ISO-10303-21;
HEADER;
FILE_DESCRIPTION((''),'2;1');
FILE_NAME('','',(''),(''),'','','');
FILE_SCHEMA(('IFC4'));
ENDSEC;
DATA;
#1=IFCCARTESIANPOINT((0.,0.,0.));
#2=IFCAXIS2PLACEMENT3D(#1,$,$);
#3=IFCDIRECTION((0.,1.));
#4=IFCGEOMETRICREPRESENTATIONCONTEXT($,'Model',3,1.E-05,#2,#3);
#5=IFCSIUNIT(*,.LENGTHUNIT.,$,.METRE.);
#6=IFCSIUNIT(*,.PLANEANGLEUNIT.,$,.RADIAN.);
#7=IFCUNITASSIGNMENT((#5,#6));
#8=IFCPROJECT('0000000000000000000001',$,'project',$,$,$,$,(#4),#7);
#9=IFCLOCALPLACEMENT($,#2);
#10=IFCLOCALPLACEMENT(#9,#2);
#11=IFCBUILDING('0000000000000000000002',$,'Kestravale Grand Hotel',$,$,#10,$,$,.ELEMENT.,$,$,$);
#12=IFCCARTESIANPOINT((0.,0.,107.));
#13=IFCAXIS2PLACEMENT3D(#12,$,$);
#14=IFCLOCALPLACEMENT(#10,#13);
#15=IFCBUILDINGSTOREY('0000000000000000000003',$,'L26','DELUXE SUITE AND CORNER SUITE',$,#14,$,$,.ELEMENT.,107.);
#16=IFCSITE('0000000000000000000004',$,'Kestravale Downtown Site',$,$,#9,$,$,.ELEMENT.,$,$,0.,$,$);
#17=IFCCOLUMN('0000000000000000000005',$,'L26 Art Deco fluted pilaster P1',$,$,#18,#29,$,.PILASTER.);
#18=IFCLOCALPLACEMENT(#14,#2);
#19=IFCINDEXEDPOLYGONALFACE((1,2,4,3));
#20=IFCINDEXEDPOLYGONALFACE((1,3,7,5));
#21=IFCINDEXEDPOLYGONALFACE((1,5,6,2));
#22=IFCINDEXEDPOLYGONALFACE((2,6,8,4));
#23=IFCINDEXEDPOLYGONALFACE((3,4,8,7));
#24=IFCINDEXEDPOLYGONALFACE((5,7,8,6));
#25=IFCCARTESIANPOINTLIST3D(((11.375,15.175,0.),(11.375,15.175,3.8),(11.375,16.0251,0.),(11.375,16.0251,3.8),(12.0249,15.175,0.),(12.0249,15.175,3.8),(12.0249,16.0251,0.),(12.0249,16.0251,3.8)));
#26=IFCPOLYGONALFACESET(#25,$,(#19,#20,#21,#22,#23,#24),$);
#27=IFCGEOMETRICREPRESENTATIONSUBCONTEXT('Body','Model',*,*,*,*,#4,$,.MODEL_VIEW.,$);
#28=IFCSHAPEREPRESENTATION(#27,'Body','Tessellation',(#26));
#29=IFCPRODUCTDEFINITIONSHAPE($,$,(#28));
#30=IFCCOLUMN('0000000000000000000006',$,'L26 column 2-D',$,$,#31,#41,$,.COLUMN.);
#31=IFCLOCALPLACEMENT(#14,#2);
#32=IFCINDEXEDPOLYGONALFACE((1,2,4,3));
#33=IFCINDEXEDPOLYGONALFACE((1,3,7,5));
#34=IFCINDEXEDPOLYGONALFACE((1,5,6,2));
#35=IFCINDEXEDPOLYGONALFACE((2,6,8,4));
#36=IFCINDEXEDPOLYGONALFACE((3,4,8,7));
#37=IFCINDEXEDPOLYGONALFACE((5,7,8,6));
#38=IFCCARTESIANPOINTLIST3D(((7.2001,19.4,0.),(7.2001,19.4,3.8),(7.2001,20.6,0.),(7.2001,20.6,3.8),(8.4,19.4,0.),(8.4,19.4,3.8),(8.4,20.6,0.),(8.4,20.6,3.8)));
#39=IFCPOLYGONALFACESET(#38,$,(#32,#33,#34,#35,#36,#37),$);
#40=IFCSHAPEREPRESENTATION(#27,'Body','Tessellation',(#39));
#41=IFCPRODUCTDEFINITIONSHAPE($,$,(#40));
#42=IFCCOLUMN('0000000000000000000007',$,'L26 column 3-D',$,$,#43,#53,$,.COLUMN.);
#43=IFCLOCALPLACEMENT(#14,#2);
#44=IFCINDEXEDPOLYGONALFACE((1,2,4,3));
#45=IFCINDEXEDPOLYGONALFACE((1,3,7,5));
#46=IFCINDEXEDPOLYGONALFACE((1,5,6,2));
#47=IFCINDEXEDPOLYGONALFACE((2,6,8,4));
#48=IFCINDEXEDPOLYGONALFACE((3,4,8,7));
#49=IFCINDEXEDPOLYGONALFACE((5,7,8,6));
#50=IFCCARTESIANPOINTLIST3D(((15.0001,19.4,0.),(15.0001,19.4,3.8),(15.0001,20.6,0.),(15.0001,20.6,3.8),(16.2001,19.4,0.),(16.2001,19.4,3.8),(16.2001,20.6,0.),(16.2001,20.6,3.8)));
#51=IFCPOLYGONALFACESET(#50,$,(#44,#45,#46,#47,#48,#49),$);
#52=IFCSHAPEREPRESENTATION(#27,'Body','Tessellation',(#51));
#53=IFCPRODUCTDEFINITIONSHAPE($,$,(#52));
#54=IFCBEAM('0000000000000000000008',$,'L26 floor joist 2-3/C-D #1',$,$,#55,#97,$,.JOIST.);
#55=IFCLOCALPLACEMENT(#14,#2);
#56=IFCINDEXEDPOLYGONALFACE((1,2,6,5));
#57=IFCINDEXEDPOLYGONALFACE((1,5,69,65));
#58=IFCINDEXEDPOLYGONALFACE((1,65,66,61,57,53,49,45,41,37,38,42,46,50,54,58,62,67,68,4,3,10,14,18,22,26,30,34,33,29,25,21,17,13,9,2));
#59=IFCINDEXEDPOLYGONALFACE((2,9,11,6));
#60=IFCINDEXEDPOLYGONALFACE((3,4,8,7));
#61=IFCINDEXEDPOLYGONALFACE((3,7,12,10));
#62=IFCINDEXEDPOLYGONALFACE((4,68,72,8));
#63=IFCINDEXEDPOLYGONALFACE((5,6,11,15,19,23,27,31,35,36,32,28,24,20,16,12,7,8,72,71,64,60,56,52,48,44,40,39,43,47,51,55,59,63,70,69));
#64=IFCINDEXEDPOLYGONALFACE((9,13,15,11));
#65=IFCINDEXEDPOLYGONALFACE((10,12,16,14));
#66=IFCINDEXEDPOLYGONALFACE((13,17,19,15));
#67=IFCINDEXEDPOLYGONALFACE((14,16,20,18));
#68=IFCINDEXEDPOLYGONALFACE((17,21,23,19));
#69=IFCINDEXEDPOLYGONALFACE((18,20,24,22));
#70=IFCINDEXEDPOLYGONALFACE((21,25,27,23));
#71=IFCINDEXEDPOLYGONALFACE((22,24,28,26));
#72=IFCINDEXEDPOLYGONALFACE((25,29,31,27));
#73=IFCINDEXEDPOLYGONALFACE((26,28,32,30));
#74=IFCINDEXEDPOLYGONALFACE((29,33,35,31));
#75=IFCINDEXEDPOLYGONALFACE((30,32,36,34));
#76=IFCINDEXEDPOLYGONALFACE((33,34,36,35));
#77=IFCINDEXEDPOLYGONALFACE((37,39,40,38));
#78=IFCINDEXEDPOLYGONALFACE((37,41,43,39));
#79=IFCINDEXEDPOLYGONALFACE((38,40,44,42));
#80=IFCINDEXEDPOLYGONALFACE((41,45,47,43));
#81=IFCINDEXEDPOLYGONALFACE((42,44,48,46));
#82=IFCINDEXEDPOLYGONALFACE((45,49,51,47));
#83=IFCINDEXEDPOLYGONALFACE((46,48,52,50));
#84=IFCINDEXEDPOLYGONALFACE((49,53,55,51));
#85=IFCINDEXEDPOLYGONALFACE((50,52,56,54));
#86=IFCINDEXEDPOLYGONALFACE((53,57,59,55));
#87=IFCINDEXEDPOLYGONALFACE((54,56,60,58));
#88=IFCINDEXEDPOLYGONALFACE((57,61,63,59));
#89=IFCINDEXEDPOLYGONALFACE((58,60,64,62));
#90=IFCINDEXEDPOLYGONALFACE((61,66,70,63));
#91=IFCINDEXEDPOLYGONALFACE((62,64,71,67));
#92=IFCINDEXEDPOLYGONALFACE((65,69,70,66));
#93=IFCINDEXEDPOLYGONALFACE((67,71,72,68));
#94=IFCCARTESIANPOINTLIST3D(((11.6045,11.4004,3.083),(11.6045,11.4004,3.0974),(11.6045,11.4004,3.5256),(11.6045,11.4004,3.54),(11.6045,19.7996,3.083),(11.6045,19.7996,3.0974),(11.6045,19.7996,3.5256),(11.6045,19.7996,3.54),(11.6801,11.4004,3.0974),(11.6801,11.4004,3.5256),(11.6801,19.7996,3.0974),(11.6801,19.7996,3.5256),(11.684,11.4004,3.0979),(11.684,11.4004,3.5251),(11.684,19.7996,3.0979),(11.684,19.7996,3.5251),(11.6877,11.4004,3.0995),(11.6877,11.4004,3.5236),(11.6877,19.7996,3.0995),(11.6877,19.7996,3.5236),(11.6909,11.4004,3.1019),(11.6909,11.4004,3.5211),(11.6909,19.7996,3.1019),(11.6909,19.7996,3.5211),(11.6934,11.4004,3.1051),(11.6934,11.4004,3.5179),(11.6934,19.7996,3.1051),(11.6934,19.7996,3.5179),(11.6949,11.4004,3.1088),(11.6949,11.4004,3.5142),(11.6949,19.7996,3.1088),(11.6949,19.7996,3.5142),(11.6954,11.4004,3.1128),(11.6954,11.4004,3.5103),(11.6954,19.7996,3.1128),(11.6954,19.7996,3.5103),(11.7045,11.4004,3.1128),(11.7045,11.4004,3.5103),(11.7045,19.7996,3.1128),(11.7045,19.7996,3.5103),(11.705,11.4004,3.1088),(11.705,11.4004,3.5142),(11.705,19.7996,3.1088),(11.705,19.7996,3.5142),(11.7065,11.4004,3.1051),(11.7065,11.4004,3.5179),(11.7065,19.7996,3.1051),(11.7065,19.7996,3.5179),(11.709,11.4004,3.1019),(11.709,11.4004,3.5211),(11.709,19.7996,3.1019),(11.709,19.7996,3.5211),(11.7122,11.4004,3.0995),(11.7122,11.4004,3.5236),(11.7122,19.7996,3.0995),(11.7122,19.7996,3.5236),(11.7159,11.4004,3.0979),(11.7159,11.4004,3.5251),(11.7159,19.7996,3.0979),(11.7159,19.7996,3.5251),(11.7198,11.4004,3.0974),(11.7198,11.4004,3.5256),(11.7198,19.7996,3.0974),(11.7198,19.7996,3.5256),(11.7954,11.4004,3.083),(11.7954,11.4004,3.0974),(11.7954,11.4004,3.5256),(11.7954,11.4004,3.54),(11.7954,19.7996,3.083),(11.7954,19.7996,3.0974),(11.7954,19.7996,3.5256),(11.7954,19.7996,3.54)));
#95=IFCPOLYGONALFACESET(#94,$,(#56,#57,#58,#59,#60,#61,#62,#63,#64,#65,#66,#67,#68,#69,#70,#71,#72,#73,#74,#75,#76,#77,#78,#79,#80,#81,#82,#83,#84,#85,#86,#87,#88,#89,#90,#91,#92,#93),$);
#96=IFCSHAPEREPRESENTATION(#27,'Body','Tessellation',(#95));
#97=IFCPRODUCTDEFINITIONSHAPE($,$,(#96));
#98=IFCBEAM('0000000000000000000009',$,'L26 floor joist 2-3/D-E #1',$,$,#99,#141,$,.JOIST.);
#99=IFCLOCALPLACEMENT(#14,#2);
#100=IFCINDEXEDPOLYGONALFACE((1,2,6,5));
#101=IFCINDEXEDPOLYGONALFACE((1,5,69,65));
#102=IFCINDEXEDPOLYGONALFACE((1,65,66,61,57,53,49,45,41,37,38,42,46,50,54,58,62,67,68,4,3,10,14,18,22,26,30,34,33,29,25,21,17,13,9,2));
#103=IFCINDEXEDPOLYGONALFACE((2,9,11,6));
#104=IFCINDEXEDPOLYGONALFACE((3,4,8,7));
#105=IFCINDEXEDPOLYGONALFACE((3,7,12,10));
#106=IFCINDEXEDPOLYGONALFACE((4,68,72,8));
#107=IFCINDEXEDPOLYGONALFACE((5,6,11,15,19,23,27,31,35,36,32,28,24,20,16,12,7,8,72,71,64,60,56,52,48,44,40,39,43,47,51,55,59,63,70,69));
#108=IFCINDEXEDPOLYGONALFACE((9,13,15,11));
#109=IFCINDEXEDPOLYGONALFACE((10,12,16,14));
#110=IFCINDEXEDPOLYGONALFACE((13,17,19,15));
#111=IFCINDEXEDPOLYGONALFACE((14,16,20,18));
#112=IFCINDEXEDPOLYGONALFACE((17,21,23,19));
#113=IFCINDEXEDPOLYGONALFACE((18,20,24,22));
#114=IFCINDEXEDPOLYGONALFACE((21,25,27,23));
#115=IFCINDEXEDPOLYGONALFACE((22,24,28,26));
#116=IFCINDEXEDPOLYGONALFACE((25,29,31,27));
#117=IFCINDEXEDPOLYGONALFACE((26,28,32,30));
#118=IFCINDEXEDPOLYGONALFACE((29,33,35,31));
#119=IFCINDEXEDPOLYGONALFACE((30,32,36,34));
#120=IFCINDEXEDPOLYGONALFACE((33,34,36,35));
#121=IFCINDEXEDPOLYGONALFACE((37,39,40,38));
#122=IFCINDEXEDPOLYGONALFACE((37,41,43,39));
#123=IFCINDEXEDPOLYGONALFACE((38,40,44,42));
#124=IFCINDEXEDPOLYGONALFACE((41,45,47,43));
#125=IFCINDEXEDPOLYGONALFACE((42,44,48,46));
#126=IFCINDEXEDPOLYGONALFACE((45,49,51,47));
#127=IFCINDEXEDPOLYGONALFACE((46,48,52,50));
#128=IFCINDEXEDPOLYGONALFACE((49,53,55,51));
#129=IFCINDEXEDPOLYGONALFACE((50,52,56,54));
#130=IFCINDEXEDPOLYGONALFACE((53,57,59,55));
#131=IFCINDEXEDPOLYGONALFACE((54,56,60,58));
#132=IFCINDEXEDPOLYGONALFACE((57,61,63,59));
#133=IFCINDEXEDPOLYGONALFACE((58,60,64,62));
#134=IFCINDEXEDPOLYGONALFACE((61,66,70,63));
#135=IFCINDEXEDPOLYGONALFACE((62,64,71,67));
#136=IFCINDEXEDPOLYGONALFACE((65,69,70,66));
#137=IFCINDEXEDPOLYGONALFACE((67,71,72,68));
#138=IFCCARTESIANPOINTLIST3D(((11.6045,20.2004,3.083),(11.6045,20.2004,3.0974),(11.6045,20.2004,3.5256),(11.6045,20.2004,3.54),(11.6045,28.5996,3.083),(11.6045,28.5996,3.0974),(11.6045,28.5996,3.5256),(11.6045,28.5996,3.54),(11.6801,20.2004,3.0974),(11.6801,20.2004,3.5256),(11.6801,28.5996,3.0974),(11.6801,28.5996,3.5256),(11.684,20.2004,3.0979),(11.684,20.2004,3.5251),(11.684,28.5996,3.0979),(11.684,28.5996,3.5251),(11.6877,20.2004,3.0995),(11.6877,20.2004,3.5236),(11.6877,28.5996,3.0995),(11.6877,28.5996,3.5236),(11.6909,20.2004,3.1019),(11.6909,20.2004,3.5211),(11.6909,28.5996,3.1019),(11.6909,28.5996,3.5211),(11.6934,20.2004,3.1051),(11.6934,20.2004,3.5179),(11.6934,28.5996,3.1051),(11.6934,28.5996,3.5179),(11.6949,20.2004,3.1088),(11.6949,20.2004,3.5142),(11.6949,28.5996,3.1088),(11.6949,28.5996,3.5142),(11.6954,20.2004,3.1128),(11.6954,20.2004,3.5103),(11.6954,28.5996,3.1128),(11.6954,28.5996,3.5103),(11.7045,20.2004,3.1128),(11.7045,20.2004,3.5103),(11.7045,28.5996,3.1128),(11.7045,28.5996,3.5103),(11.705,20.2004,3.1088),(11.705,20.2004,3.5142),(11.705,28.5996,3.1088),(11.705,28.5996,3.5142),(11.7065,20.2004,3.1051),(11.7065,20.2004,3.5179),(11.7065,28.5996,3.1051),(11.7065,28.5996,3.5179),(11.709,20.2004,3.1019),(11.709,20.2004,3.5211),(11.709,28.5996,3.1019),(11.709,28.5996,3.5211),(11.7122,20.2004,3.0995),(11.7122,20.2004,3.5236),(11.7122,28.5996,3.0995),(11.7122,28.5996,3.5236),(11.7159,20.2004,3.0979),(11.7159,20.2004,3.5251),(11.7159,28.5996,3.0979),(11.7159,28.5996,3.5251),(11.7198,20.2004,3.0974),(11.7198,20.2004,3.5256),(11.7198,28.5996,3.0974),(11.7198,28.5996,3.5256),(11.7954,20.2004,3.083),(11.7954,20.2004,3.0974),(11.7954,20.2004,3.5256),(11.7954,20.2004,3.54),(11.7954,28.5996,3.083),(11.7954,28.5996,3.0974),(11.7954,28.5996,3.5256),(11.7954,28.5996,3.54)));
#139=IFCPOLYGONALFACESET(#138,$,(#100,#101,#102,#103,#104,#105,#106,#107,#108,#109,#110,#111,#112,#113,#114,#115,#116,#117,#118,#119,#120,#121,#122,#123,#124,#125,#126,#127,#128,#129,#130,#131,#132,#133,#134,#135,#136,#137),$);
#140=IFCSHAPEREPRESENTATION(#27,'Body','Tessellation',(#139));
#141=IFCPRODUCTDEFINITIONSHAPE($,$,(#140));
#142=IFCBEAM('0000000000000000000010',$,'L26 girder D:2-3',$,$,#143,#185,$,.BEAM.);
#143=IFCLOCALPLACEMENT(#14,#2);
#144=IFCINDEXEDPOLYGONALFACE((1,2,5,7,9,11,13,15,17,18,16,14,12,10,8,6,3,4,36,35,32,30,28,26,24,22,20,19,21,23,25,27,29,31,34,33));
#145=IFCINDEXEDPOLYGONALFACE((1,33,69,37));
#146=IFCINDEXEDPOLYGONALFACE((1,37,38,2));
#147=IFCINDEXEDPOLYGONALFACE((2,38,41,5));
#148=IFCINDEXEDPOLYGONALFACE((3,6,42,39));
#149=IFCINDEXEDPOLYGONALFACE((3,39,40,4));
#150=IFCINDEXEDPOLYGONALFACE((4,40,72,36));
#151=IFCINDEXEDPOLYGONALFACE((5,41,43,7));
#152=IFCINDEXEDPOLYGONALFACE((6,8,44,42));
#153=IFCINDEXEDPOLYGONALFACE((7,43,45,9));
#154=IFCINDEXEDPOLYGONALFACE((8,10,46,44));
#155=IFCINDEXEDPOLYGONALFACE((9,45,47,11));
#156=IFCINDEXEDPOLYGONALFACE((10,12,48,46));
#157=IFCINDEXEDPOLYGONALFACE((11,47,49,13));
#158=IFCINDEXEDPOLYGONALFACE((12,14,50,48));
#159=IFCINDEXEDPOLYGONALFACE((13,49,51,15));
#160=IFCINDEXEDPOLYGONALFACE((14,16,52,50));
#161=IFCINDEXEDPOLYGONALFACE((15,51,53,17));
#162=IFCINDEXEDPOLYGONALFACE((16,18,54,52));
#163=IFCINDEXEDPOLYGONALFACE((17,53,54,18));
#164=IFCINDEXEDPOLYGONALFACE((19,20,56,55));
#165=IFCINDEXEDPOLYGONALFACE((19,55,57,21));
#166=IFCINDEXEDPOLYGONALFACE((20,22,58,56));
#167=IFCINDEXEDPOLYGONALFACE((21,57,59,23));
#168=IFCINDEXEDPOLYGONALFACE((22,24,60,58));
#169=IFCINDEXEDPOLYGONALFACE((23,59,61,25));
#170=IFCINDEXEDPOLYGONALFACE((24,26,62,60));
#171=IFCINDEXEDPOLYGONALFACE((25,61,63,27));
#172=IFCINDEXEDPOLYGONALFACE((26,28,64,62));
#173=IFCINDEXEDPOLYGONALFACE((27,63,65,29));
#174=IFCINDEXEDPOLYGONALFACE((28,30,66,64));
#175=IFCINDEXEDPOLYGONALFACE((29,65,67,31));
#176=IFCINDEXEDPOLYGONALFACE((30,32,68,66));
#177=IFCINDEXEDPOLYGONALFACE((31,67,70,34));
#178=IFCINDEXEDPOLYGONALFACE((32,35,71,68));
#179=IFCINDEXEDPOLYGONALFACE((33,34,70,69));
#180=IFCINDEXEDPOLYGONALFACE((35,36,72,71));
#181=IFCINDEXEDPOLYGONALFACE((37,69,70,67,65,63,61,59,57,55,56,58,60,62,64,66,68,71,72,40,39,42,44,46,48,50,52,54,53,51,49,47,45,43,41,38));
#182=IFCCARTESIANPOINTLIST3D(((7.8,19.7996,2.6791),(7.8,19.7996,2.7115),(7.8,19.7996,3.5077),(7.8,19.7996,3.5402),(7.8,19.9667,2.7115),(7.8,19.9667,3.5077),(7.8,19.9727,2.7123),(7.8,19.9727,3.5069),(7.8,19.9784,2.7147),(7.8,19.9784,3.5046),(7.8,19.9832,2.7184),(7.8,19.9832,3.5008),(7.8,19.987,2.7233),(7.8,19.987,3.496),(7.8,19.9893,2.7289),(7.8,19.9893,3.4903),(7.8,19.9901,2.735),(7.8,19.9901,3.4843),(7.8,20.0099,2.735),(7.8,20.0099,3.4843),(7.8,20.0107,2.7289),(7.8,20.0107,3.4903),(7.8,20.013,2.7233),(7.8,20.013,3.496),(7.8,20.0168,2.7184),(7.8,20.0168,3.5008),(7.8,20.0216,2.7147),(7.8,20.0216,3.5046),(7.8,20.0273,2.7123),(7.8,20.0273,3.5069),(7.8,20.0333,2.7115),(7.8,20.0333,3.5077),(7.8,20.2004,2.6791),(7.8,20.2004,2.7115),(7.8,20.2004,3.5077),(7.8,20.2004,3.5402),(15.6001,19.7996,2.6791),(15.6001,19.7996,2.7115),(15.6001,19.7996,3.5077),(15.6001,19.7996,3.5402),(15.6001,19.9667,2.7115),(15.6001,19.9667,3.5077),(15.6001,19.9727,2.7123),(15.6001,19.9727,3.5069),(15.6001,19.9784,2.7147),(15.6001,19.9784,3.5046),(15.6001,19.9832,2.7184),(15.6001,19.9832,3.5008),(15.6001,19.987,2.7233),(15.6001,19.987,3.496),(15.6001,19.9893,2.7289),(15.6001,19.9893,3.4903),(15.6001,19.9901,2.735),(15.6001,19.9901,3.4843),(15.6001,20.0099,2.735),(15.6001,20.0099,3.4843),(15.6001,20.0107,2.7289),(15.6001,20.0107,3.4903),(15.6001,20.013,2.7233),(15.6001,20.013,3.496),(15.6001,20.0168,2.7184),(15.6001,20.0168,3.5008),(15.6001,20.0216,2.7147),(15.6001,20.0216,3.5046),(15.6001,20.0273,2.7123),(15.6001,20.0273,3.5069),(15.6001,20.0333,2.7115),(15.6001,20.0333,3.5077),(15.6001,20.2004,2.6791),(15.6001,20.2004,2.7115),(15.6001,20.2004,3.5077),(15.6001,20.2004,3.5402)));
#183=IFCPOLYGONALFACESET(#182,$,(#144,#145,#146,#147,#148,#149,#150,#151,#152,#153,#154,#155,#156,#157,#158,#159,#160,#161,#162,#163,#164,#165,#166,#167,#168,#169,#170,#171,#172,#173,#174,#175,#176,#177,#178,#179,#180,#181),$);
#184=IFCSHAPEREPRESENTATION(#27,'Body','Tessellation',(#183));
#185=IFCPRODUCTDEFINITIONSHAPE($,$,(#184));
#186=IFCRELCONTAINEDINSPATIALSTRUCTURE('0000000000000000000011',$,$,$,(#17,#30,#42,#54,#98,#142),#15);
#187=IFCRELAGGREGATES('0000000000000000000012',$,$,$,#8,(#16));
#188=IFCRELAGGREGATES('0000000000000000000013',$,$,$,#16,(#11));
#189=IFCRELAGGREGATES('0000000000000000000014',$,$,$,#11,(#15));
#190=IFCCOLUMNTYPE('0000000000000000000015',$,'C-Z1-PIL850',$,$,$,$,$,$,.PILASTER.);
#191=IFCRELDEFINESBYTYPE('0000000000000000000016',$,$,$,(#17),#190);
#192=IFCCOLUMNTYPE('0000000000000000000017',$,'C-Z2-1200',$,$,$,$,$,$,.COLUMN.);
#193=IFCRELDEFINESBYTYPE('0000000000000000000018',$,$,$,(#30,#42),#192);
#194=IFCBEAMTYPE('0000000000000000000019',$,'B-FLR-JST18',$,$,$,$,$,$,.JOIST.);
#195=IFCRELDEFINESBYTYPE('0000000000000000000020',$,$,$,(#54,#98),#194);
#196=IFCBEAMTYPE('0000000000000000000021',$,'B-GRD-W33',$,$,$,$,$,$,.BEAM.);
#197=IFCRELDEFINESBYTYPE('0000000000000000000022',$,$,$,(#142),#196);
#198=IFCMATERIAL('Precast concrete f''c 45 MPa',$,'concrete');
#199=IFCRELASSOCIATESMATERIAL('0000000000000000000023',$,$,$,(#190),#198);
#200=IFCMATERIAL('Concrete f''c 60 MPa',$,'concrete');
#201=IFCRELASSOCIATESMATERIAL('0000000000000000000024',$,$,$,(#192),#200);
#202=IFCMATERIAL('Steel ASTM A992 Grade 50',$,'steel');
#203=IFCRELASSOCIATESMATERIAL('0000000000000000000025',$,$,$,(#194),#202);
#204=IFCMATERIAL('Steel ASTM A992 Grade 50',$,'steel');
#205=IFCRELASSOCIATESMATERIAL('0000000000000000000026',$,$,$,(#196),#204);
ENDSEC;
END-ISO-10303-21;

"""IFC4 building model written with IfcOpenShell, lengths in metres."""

from ifc_helpers import new_model, si_unit, direction, frame, origin, origin_2d, place, context, subcontext, project, spatial, rectangle, i_section, extrude, material, material_profile, profile_set, type_object, element, save


model = new_model("IFC4")

# Units and contexts
model_context = context("Model", 3, precision=1e-05, world=origin(), true_north=direction((0.0, 1.0)))
body_context = subcontext(model_context, "Body", "Model", "MODEL_VIEW")
ifc_project = project(units=[si_unit("LENGTHUNIT", "METRE"), si_unit("PLANEANGLEUNIT", "RADIAN")], contexts=[model_context])

# Site, building, storey
site_placement = place(None, origin())
site = spatial("IfcSite", under=ifc_project, at=site_placement, Name="Kestravale Downtown Site", CompositionType="ELEMENT", RefElevation=0.0)
building_placement = place(site_placement, origin())
building = spatial("IfcBuilding", under=site, at=building_placement, Name="Kestravale Grand Hotel", CompositionType="ELEMENT")
storey_placement = place(building_placement, frame((0.0, 0.0, 107.0)))
storey = spatial("IfcBuildingStorey", under=building, at=storey_placement, Name="L26", Description="DELUXE SUITE AND CORNER SUITE", CompositionType="ELEMENT", Elevation=107.0)

# Columns
ifc_material_1 = material(Name="Precast concrete f'c 45 MPa", Category="concrete")
ifc_material_profile_1 = material_profile(ifc_material_1, rectangle(XDim=0.6499, YDim=0.8501, at=origin_2d()))
ifc_profile_set_1 = profile_set([ifc_material_profile_1], Name="Precast concrete f'c 45 MPa")
column_type_1 = type_object("IfcColumnType", Name="C-Z1-PIL850", PredefinedType="PILASTER", material=ifc_profile_set_1)
column_placement = place(storey_placement, frame((11.7, 15.6001, 0.0), z_axis=(0.0, 0.0, 1.0), x_axis=(1.0, 0.0, 0.0)))
element("IfcColumn", 1, at=column_placement, inside=storey, type_object=column_type_1, Name="L26 Art Deco fluted pilaster P1", PredefinedType="PILASTER", context=body_context, shape_type="SweptSolid", body=[
    extrude(rectangle(XDim=0.6499, YDim=0.8501, at=origin_2d()), origin(), (0.0, 0.0, 1.0), 3.8),
])
ifc_material_2 = material(Name="Concrete f'c 60 MPa", Category="concrete")
ifc_material_profile_2 = material_profile(ifc_material_2, rectangle(XDim=1.2, YDim=1.2, at=origin_2d()))
ifc_profile_set_2 = profile_set([ifc_material_profile_2], Name="Concrete f'c 60 MPa")
column_type_2 = type_object("IfcColumnType", Name="C-Z2-1200", PredefinedType="COLUMN", material=ifc_profile_set_2)
for number, where, z_axis, x_axis, name in (
    (2, (7.8, 20.0, 0.0), (0.0, 0.0, 1.0), (1.0, 0.0, 0.0), "L26 column 2-D"),
    (3, (15.6001, 20.0, 0.0), (0.0, 0.0, 1.0), (1.0, 0.0, 0.0), "L26 column 3-D"),
):
    element("IfcColumn", number, at=place(storey_placement, frame(where, z_axis=z_axis, x_axis=x_axis)), inside=storey, type_object=column_type_2, Name=name, PredefinedType="COLUMN", context=body_context, shape_type="SweptSolid", body=[
        extrude(rectangle(XDim=1.2, YDim=1.2, at=origin_2d()), origin(), (0.0, 0.0, 1.0), 3.8),
    ])

# Beams
ifc_material_3 = material(Name="Steel ASTM A992 Grade 50", Category="steel")
ifc_material_profile_3 = material_profile(ifc_material_3, i_section(OverallWidth=0.1909, OverallDepth=0.457, WebThickness=0.009, FlangeThickness=0.0144, FilletRadius=0.0154, at=origin_2d()))
ifc_profile_set_3 = profile_set([ifc_material_profile_3], Name="Steel ASTM A992 Grade 50")
beam_type_1 = type_object("IfcBeamType", Name="B-FLR-JST18", PredefinedType="JOIST", material=ifc_profile_set_3)
for number, where, z_axis, x_axis, name in (
    (4, (11.7, 11.4004, 3.3115), (0.0, 1.0, 0.0), (-1.0, 0.0, 0.0), "L26 floor joist 2-3/C-D #1"),
    (5, (11.7, 20.2004, 3.3115), (0.0, 1.0, 0.0), (-1.0, 0.0, 0.0), "L26 floor joist 2-3/D-E #1"),
):
    element("IfcBeam", number, at=place(storey_placement, frame(where, z_axis=z_axis, x_axis=x_axis)), inside=storey, type_object=beam_type_1, Name=name, PredefinedType="JOIST", context=body_context, shape_type="SweptSolid", body=[
        extrude(i_section(OverallWidth=0.1909, OverallDepth=0.457, WebThickness=0.009, FlangeThickness=0.0144, FilletRadius=0.0154, at=origin_2d()), origin(), (0.0, 0.0, 1.0), 8.3992),
    ])
ifc_material_4 = material(Name="Steel ASTM A992 Grade 50", Category="steel")
ifc_material_profile_4 = material_profile(ifc_material_4, i_section(OverallWidth=0.4009, OverallDepth=0.8611, WebThickness=0.0198, FlangeThickness=0.0325, FilletRadius=0.0234, at=origin_2d()))
ifc_profile_set_4 = profile_set([ifc_material_profile_4], Name="Steel ASTM A992 Grade 50")
beam_type_2 = type_object("IfcBeamType", Name="B-GRD-W33", PredefinedType="BEAM", material=ifc_profile_set_4)
beam_1_placement = place(storey_placement, frame((7.8, 20.0, 3.1096), z_axis=(1.0, 0.0, 0.0), x_axis=(0.0, 1.0, 0.0)))
element("IfcBeam", 6, at=beam_1_placement, inside=storey, type_object=beam_type_2, Name="L26 girder D:2-3", PredefinedType="BEAM", context=body_context, shape_type="SweptSolid", body=[
    extrude(i_section(OverallWidth=0.4009, OverallDepth=0.8611, WebThickness=0.0198, FlangeThickness=0.0325, FilletRadius=0.0234, at=origin_2d()), origin(), (0.0, 0.0, 1.0), 7.8),
])

save(model, "model.ifc")
